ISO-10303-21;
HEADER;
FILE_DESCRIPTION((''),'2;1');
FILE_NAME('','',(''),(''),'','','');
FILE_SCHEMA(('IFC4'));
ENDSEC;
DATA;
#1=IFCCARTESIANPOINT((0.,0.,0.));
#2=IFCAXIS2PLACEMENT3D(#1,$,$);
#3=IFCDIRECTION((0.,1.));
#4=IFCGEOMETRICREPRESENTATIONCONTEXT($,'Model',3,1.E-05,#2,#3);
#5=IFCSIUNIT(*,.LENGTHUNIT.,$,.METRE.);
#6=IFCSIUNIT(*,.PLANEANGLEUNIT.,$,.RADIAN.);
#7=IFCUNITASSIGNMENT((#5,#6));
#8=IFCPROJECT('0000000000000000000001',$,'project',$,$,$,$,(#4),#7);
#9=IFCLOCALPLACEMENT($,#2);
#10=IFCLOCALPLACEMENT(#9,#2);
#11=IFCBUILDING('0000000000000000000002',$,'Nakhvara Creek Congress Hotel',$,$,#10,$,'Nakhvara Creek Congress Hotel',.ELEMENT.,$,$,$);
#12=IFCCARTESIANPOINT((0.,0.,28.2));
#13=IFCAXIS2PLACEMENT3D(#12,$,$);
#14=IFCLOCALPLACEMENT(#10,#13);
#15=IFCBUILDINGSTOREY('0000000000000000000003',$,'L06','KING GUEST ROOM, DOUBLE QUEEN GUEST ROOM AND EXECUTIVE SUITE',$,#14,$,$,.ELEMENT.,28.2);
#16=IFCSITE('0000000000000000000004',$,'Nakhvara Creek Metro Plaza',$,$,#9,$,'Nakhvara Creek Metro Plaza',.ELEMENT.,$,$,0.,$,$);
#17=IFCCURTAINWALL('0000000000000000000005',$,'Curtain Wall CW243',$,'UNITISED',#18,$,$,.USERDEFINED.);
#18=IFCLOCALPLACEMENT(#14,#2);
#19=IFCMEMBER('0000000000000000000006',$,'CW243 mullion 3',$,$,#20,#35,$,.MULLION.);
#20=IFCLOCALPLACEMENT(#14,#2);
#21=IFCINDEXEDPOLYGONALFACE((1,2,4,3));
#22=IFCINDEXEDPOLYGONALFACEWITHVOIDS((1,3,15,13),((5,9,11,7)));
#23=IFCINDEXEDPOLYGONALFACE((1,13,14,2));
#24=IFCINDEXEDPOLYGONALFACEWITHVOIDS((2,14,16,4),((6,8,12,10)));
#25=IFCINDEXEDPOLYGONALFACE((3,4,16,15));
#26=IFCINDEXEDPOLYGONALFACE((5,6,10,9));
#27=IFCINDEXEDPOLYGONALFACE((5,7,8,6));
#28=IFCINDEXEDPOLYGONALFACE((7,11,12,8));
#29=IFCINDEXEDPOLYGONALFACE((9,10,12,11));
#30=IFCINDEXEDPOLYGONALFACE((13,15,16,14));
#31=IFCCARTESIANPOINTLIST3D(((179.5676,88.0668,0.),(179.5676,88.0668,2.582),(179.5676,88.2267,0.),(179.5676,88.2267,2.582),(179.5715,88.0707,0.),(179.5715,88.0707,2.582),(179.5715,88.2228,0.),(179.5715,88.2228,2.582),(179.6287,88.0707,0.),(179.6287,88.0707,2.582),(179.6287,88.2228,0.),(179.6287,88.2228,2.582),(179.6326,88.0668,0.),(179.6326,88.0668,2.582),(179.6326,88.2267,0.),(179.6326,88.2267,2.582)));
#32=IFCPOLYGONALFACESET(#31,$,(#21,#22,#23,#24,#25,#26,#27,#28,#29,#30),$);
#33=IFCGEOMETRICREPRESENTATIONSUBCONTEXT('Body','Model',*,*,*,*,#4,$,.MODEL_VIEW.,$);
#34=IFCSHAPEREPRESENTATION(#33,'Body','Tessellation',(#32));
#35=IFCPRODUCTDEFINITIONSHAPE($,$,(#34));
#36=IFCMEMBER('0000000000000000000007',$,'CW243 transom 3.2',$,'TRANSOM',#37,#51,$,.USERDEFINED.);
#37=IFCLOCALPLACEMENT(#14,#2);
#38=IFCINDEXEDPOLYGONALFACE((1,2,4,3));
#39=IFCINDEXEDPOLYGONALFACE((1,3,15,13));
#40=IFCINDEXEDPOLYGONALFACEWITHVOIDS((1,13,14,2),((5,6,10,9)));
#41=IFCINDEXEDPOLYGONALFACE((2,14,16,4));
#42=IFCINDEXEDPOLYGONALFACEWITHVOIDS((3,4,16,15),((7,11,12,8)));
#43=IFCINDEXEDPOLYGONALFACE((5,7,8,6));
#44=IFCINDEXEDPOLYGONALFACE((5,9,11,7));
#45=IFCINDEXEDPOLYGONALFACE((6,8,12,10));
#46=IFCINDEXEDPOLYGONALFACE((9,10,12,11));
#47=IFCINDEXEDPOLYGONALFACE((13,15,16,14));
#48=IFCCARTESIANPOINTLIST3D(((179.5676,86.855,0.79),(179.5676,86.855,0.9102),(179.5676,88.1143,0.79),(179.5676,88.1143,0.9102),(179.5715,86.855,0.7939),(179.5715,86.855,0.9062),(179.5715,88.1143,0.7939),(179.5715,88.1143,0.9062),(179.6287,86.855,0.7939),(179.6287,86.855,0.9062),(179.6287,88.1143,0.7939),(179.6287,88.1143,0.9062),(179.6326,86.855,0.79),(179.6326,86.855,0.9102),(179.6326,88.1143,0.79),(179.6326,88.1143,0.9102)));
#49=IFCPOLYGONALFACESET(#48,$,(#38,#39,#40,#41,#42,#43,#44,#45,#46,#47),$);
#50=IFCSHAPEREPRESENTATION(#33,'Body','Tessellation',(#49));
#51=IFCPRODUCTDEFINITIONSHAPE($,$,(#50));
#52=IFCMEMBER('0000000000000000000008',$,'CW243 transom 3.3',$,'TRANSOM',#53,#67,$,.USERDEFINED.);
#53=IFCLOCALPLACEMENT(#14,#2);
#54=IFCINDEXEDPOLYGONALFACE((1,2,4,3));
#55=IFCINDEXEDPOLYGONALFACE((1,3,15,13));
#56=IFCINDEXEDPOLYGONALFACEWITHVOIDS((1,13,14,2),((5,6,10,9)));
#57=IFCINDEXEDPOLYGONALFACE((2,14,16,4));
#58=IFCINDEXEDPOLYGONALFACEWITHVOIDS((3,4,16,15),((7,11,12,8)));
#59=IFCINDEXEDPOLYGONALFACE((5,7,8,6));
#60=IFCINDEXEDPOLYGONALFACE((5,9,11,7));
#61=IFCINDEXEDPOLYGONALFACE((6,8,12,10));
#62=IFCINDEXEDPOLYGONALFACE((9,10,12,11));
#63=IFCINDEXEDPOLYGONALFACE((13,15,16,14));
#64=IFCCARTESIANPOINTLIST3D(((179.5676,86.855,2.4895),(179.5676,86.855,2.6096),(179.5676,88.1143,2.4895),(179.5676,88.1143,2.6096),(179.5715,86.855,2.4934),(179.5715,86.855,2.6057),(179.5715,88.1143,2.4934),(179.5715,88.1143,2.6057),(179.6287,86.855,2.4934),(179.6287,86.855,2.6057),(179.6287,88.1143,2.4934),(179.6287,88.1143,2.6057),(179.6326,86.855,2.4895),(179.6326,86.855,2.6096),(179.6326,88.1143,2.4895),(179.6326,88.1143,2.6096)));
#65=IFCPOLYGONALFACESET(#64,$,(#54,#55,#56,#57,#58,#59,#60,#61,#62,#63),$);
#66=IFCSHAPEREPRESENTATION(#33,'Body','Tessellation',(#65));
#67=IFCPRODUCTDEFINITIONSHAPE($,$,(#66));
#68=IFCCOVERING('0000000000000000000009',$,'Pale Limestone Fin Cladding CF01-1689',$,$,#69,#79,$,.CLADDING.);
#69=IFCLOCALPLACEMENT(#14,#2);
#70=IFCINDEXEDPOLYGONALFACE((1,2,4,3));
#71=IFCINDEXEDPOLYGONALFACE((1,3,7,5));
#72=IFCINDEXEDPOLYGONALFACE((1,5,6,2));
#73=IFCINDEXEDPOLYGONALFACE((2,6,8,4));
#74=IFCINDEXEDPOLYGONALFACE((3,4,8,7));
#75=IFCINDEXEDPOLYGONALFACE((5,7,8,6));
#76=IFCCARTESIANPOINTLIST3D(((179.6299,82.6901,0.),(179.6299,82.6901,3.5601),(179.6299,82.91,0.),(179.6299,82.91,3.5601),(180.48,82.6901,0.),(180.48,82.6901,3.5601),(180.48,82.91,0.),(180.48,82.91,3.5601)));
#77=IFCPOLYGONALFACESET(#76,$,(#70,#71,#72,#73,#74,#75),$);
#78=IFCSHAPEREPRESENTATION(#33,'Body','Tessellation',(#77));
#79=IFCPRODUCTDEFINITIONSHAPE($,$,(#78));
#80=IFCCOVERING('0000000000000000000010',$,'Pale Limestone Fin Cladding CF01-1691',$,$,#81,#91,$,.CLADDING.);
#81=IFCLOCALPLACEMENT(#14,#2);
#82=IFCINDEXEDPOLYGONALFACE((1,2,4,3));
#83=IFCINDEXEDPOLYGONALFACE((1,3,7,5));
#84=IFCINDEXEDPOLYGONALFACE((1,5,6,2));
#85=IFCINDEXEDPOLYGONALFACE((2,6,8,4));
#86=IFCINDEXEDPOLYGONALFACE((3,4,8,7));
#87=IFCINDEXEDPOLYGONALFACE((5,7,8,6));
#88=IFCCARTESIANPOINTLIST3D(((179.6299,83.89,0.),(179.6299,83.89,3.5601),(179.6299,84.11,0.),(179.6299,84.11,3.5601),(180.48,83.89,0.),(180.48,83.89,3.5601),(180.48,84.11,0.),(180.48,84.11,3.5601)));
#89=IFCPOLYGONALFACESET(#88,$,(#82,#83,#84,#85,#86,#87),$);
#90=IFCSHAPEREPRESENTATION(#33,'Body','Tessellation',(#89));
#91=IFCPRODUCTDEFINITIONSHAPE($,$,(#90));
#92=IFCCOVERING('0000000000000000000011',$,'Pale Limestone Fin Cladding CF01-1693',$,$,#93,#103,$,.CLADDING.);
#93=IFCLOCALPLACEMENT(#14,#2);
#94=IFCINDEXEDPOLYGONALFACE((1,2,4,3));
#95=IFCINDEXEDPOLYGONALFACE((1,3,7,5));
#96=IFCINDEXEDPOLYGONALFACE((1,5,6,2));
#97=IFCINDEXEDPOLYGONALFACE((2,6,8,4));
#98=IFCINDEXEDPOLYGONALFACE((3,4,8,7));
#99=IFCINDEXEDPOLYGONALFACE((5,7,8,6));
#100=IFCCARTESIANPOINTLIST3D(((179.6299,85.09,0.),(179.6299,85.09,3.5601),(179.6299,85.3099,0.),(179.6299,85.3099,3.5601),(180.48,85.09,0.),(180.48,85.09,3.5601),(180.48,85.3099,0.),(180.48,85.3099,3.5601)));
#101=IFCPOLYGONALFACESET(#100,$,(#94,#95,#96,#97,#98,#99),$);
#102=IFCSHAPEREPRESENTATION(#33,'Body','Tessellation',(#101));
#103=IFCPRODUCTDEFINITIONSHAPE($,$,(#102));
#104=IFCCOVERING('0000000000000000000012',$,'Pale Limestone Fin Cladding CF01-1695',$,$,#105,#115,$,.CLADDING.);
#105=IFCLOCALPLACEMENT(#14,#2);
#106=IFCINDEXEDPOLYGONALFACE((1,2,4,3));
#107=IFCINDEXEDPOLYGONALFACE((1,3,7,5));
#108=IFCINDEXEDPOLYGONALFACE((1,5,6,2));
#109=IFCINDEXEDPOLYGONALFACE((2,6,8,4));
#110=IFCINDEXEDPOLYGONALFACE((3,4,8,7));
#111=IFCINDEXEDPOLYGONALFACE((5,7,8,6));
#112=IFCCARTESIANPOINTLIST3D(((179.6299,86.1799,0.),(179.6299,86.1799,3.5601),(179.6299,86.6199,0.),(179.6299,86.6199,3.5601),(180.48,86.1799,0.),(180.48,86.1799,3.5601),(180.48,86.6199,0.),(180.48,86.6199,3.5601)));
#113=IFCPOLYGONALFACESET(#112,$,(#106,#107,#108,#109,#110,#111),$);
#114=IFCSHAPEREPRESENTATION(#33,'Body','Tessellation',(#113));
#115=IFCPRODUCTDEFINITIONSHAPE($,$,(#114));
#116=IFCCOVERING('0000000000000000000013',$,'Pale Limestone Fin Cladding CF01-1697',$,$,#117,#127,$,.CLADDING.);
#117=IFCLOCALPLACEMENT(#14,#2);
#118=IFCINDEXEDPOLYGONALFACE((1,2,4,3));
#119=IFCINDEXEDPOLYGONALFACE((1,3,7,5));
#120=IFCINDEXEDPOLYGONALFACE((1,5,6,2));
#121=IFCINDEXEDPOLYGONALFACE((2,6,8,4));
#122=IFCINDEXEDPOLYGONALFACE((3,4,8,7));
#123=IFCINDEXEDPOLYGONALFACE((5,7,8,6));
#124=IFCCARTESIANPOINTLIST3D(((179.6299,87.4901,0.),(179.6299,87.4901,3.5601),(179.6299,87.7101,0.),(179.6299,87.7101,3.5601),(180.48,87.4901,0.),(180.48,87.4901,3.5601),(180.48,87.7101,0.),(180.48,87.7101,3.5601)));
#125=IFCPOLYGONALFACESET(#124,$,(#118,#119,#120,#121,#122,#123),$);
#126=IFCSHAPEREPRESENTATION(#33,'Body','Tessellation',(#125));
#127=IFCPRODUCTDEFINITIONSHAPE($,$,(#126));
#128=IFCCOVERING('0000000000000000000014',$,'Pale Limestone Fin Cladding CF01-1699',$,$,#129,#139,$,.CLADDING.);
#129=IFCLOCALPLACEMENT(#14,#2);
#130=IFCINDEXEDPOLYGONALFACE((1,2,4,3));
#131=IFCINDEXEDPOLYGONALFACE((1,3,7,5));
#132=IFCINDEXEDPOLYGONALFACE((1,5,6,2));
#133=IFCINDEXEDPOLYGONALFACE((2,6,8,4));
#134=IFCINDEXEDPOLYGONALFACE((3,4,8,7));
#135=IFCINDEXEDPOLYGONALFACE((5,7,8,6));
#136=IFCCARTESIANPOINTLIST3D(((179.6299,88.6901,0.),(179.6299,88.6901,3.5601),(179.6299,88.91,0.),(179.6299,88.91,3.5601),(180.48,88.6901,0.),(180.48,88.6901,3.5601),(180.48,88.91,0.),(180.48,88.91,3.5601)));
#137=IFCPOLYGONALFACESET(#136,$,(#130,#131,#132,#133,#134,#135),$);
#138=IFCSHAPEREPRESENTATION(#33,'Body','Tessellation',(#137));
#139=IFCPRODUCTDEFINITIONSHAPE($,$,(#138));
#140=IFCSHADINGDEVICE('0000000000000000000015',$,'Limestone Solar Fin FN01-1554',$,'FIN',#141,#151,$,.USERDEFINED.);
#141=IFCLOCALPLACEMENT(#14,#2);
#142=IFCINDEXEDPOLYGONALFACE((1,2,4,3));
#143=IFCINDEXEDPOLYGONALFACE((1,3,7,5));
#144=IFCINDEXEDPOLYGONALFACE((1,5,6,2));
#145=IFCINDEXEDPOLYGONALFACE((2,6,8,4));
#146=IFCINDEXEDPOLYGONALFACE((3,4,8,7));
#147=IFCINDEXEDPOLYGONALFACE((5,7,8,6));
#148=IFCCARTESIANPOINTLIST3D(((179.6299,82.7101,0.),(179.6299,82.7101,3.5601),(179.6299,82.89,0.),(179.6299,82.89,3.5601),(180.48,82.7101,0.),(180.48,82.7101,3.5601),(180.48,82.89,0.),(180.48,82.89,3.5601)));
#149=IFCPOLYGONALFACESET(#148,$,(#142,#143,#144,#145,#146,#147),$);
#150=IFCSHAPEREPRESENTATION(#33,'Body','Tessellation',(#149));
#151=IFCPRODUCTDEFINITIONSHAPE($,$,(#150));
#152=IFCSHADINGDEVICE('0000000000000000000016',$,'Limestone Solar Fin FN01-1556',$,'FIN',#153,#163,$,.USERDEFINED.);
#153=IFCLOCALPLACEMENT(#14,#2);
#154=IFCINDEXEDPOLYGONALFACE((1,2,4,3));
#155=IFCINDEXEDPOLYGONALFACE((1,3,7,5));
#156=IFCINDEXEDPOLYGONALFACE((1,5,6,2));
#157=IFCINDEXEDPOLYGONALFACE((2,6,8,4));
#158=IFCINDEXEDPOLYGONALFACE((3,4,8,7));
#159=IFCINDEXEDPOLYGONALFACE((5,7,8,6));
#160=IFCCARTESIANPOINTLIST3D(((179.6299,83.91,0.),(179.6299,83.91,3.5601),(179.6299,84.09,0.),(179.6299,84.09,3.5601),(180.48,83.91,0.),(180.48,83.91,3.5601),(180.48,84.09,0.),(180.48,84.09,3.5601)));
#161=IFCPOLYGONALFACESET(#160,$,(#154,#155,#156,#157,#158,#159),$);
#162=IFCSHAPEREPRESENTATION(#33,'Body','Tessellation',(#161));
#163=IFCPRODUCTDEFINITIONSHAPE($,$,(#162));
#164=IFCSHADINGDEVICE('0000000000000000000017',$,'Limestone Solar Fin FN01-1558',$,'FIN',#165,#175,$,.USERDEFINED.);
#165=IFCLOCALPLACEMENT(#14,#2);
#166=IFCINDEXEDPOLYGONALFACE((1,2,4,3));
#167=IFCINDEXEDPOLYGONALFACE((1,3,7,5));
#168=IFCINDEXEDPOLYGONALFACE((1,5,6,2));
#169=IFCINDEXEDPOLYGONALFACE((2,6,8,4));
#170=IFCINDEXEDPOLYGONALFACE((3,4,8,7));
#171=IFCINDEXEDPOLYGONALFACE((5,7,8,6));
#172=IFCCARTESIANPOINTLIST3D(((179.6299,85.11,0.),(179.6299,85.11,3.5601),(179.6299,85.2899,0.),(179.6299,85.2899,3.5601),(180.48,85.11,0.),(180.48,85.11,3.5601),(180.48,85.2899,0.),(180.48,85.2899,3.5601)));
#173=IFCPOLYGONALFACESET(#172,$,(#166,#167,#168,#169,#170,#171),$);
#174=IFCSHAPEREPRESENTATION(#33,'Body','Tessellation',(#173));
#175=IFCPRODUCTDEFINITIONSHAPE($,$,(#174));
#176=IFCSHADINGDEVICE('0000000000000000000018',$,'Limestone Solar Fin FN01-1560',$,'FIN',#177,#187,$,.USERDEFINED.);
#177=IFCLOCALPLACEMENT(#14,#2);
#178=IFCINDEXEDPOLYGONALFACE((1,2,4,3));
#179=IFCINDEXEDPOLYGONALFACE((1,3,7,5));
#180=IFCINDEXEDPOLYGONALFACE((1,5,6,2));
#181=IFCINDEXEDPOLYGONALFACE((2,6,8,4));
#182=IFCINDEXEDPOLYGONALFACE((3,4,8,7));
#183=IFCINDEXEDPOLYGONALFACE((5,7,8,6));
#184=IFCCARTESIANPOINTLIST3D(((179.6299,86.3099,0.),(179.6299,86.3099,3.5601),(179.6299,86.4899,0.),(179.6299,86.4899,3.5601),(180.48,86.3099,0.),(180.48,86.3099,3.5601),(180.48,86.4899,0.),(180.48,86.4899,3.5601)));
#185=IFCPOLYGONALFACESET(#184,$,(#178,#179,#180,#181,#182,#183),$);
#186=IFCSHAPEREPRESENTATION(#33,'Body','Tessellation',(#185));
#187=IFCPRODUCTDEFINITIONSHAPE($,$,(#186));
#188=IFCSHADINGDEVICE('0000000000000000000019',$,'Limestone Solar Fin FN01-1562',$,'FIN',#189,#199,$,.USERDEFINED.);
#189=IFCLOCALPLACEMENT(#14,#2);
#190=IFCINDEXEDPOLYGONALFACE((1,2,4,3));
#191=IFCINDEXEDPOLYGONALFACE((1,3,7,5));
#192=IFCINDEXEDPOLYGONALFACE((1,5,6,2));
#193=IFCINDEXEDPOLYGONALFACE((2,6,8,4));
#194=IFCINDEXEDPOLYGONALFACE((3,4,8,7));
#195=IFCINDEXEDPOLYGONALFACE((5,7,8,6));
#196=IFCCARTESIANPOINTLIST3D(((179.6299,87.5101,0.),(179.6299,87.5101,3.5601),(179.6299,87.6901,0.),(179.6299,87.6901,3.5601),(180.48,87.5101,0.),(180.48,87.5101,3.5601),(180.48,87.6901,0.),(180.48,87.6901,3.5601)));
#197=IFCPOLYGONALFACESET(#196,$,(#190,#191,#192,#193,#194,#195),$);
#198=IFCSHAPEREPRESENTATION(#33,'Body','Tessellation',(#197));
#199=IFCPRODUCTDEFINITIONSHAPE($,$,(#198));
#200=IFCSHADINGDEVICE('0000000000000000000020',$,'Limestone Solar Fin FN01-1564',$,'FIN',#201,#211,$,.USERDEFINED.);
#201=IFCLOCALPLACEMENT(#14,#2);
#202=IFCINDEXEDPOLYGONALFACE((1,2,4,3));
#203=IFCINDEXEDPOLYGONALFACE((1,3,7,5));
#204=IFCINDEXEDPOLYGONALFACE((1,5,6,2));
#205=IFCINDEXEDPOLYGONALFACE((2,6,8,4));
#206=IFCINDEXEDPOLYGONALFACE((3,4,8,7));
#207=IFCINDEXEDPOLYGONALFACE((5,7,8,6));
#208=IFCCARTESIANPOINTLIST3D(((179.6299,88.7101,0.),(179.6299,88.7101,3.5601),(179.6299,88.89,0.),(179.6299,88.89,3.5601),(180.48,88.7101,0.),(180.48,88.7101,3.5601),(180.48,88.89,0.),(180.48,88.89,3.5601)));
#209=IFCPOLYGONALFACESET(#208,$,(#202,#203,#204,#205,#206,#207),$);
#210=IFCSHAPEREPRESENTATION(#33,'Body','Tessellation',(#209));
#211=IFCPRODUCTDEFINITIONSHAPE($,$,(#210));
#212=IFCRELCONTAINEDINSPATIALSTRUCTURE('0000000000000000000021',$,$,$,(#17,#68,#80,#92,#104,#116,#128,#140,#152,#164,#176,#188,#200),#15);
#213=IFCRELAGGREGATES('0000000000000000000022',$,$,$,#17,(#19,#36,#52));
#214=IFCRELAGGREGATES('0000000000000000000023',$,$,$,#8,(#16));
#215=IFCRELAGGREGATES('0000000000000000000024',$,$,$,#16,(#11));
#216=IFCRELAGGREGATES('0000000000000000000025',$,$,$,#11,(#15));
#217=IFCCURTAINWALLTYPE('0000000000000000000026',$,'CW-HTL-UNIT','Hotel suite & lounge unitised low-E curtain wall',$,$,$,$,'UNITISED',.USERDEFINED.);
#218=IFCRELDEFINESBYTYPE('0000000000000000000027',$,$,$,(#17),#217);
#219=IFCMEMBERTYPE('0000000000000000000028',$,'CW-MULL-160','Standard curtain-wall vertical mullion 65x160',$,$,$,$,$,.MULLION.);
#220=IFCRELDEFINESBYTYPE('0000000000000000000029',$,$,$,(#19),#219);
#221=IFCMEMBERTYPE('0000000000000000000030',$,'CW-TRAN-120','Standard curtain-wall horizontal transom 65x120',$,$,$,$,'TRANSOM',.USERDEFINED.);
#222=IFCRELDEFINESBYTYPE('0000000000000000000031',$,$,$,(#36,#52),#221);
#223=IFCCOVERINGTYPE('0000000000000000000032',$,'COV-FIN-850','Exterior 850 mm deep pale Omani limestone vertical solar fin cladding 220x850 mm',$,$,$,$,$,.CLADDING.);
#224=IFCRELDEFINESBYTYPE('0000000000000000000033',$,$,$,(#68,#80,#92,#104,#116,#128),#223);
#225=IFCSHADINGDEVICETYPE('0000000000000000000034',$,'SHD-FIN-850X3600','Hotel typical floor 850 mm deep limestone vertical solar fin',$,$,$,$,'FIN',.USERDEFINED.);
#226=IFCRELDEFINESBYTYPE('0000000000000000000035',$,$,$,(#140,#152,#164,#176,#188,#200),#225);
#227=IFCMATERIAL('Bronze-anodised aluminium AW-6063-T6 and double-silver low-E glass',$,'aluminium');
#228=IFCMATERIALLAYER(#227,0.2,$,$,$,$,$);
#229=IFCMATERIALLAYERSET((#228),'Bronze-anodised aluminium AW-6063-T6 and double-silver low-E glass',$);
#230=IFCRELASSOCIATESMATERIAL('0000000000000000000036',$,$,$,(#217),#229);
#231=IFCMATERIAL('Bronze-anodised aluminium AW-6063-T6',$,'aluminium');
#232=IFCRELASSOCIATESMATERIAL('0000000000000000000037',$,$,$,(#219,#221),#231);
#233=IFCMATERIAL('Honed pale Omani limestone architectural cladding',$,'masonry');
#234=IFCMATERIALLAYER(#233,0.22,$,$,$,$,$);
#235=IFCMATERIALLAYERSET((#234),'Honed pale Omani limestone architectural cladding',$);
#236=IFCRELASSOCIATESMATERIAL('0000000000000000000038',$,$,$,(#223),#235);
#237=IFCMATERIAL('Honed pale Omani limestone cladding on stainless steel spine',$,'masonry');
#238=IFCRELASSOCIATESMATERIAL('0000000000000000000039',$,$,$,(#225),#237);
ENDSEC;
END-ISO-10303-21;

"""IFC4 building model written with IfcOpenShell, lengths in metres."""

from ifc_helpers import new_model, si_unit, direction, frame, origin, origin_2d, place, context, subcontext, project, spatial, rectangle, hollow_rectangle, extrude, material, layer, layer_set, material_profile, profile_set, type_object, element, aggregate, save


model = new_model("IFC4")

# Units and contexts
model_context = context("Model", 3, precision=1e-05, world=origin(), true_north=direction((0.0, 1.0)))
body_context = subcontext(model_context, "Body", "Model", "MODEL_VIEW")
ifc_project = project(units=[si_unit("LENGTHUNIT", "METRE"), si_unit("PLANEANGLEUNIT", "RADIAN")], contexts=[model_context])

# Site, building, storey
site_placement = place(None, origin())
site = spatial("IfcSite", under=ifc_project, at=site_placement, Name="Nakhvara Creek Metro Plaza", LongName="Nakhvara Creek Metro Plaza", CompositionType="ELEMENT", RefElevation=0.0)
building_placement = place(site_placement, origin())
building = spatial("IfcBuilding", under=site, at=building_placement, Name="Nakhvara Creek Congress Hotel", LongName="Nakhvara Creek Congress Hotel", CompositionType="ELEMENT")
storey_placement = place(building_placement, frame((0.0, 0.0, 28.2)))
storey = spatial("IfcBuildingStorey", under=building, at=storey_placement, Name="L06", Description="KING GUEST ROOM, DOUBLE QUEEN GUEST ROOM AND EXECUTIVE SUITE", CompositionType="ELEMENT", Elevation=28.2)

# Curtain wall, members
ifc_material_1 = material(Name="Bronze-anodised aluminium AW-6063-T6 and double-silver low-E glass", Category="aluminium")
ifc_layer_1 = layer(ifc_material_1, 0.2)
ifc_layer_set_1 = layer_set([ifc_layer_1], Name="Bronze-anodised aluminium AW-6063-T6 and double-silver low-E glass")
curtain_wall_type = type_object("IfcCurtainWallType", Name="CW-HTL-UNIT", Description="Hotel suite & lounge unitised low-E curtain wall", ElementType="UNITISED", PredefinedType="USERDEFINED", material=ifc_layer_set_1)
curtain_wall_placement = place(storey_placement, origin())
curtain_wall = element("IfcCurtainWall", 1, at=curtain_wall_placement, inside=storey, type_object=curtain_wall_type, Name="Curtain Wall CW243", ObjectType="UNITISED", PredefinedType="USERDEFINED")
ifc_material_2 = material(Name="Bronze-anodised aluminium AW-6063-T6", Category="aluminium")
ifc_material_profile_1 = material_profile(ifc_material_2, hollow_rectangle(XDim=0.0649, YDim=0.1599, WallThickness=0.0039, at=origin_2d()), Name="ALU-MULL 65x160x4", Category="LoadBearing")
ifc_profile_set_1 = profile_set([ifc_material_profile_1], Name="Bronze-anodised aluminium AW-6063-T6")
member_type_1 = type_object("IfcMemberType", Name="CW-MULL-160", Description="Standard curtain-wall vertical mullion 65x160", PredefinedType="MULLION", material=ifc_profile_set_1)
member_1_placement = place(storey_placement, frame((179.6001, 88.1467, 0.0), z_axis=(0.0, 0.0, 1.0), x_axis=(1.0, 0.0, 0.0)))
member_1 = element("IfcMember", 2, at=member_1_placement, type_object=member_type_1, Name="CW243 mullion 3", PredefinedType="MULLION", context=body_context, shape_type="SweptSolid", body=[
    extrude(hollow_rectangle(XDim=0.0649, YDim=0.1599, WallThickness=0.0039, at=origin_2d()), origin(), (0.0, 0.0, 1.0), 2.582),
])
ifc_material_profile_2 = material_profile(ifc_material_2, hollow_rectangle(XDim=0.0649, YDim=0.1201, WallThickness=0.0039, at=origin_2d()), Name="ALU-TRAN 65x120x4", Category="LoadBearing")
ifc_profile_set_2 = profile_set([ifc_material_profile_2], Name="Bronze-anodised aluminium AW-6063-T6")
member_type_2 = type_object("IfcMemberType", Name="CW-TRAN-120", Description="Standard curtain-wall horizontal transom 65x120", ElementType="TRANSOM", PredefinedType="USERDEFINED", material=ifc_profile_set_2)
member_2_placement = place(storey_placement, frame((179.6001, 88.1143, 0.8501), z_axis=(0.0, -1.0, 0.0), x_axis=(1.0, 0.0, 0.0)))
member_2 = element("IfcMember", 3, at=member_2_placement, type_object=member_type_2, Name="CW243 transom 3.2", ObjectType="TRANSOM", PredefinedType="USERDEFINED", context=body_context, shape_type="SweptSolid", body=[
    extrude(hollow_rectangle(XDim=0.0649, YDim=0.1201, WallThickness=0.0039, at=origin_2d()), origin(), (0.0, 0.0, 1.0), 1.2593),
])
member_3_placement = place(storey_placement, frame((179.6001, 88.1143, 2.5496), z_axis=(0.0, -1.0, 0.0), x_axis=(1.0, 0.0, 0.0)))
member_3 = element("IfcMember", 4, at=member_3_placement, type_object=member_type_2, Name="CW243 transom 3.3", ObjectType="TRANSOM", PredefinedType="USERDEFINED", context=body_context, shape_type="SweptSolid", body=[
    extrude(hollow_rectangle(XDim=0.0649, YDim=0.1201, WallThickness=0.0039, at=origin_2d()), origin(), (0.0, 0.0, 1.0), 1.2593),
])
aggregate(curtain_wall, [member_1, member_2, member_3])

# Coverings
ifc_material_3 = material(Name="Honed pale Omani limestone architectural cladding", Category="masonry")
ifc_layer_2 = layer(ifc_material_3, 0.22)
ifc_layer_set_2 = layer_set([ifc_layer_2], Name="Honed pale Omani limestone architectural cladding")
covering_type = type_object("IfcCoveringType", Name="COV-FIN-850", Description="Exterior 850 mm deep pale Omani limestone vertical solar fin cladding 220x850 mm", PredefinedType="CLADDING", material=ifc_layer_set_2)
for number, where, z_axis, x_axis, name in (
    (5, (180.0549, 82.8, 0.0), (0.0, 0.0, 1.0), (0.0, 1.0, 0.0), "Pale Limestone Fin Cladding CF01-1689"),
    (6, (180.0549, 84.0, 0.0), (0.0, 0.0, 1.0), (0.0, 1.0, 0.0), "Pale Limestone Fin Cladding CF01-1691"),
    (7, (180.0549, 85.2, 0.0), (0.0, 0.0, 1.0), (0.0, 1.0, 0.0), "Pale Limestone Fin Cladding CF01-1693"),
):
    element("IfcCovering", number, at=place(storey_placement, frame(where, z_axis=z_axis, x_axis=x_axis)), inside=storey, type_object=covering_type, Name=name, PredefinedType="CLADDING", context=body_context, shape_type="SweptSolid", body=[
        extrude(rectangle(XDim=0.22, YDim=0.8501, at=origin_2d()), origin(), (0.0, 0.0, 1.0), 3.5601),
    ])
covering_placement = place(storey_placement, frame((180.0549, 86.3999, 0.0), z_axis=(0.0, 0.0, 1.0), x_axis=(0.0, 1.0, 0.0)))
element("IfcCovering", 8, at=covering_placement, inside=storey, type_object=covering_type, Name="Pale Limestone Fin Cladding CF01-1695", PredefinedType="CLADDING", context=body_context, shape_type="SweptSolid", body=[
    extrude(rectangle(XDim=0.4399, YDim=0.8501, at=origin_2d()), origin(), (0.0, 0.0, 1.0), 3.5601),
])
for number, where, z_axis, x_axis, name in (
    (9, (180.0549, 87.6001, 0.0), (0.0, 0.0, 1.0), (0.0, 1.0, 0.0), "Pale Limestone Fin Cladding CF01-1697"),
    (10, (180.0549, 88.8, 0.0), (0.0, 0.0, 1.0), (0.0, 1.0, 0.0), "Pale Limestone Fin Cladding CF01-1699"),
):
    element("IfcCovering", number, at=place(storey_placement, frame(where, z_axis=z_axis, x_axis=x_axis)), inside=storey, type_object=covering_type, Name=name, PredefinedType="CLADDING", context=body_context, shape_type="SweptSolid", body=[
        extrude(rectangle(XDim=0.22, YDim=0.8501, at=origin_2d()), origin(), (0.0, 0.0, 1.0), 3.5601),
    ])

# Shading devices
ifc_material_4 = material(Name="Honed pale Omani limestone cladding on stainless steel spine", Category="masonry")
shading_device_type = type_object("IfcShadingDeviceType", Name="SHD-FIN-850X3600", Description="Hotel typical floor 850 mm deep limestone vertical solar fin", ElementType="FIN", PredefinedType="USERDEFINED", material=ifc_material_4)
for number, where, z_axis, x_axis, name in (
    (11, (180.0549, 82.8, 0.0), (0.0, 0.0, 1.0), (0.0, 1.0, 0.0), "Limestone Solar Fin FN01-1554"),
    (12, (180.0549, 84.0, 0.0), (0.0, 0.0, 1.0), (0.0, 1.0, 0.0), "Limestone Solar Fin FN01-1556"),
    (13, (180.0549, 85.2, 0.0), (0.0, 0.0, 1.0), (0.0, 1.0, 0.0), "Limestone Solar Fin FN01-1558"),
    (14, (180.0549, 86.3999, 0.0), (0.0, 0.0, 1.0), (0.0, 1.0, 0.0), "Limestone Solar Fin FN01-1560"),
    (15, (180.0549, 87.6001, 0.0), (0.0, 0.0, 1.0), (0.0, 1.0, 0.0), "Limestone Solar Fin FN01-1562"),
    (16, (180.0549, 88.8, 0.0), (0.0, 0.0, 1.0), (0.0, 1.0, 0.0), "Limestone Solar Fin FN01-1564"),
):
    element("IfcShadingDevice", number, at=place(storey_placement, frame(where, z_axis=z_axis, x_axis=x_axis)), inside=storey, type_object=shading_device_type, Name=name, ObjectType="FIN", PredefinedType="USERDEFINED", context=body_context, shape_type="SweptSolid", body=[
        extrude(rectangle(XDim=0.1799, YDim=0.8501, at=origin_2d()), origin(), (0.0, 0.0, 1.0), 3.5601),
    ])

save(model, "model.ifc")
